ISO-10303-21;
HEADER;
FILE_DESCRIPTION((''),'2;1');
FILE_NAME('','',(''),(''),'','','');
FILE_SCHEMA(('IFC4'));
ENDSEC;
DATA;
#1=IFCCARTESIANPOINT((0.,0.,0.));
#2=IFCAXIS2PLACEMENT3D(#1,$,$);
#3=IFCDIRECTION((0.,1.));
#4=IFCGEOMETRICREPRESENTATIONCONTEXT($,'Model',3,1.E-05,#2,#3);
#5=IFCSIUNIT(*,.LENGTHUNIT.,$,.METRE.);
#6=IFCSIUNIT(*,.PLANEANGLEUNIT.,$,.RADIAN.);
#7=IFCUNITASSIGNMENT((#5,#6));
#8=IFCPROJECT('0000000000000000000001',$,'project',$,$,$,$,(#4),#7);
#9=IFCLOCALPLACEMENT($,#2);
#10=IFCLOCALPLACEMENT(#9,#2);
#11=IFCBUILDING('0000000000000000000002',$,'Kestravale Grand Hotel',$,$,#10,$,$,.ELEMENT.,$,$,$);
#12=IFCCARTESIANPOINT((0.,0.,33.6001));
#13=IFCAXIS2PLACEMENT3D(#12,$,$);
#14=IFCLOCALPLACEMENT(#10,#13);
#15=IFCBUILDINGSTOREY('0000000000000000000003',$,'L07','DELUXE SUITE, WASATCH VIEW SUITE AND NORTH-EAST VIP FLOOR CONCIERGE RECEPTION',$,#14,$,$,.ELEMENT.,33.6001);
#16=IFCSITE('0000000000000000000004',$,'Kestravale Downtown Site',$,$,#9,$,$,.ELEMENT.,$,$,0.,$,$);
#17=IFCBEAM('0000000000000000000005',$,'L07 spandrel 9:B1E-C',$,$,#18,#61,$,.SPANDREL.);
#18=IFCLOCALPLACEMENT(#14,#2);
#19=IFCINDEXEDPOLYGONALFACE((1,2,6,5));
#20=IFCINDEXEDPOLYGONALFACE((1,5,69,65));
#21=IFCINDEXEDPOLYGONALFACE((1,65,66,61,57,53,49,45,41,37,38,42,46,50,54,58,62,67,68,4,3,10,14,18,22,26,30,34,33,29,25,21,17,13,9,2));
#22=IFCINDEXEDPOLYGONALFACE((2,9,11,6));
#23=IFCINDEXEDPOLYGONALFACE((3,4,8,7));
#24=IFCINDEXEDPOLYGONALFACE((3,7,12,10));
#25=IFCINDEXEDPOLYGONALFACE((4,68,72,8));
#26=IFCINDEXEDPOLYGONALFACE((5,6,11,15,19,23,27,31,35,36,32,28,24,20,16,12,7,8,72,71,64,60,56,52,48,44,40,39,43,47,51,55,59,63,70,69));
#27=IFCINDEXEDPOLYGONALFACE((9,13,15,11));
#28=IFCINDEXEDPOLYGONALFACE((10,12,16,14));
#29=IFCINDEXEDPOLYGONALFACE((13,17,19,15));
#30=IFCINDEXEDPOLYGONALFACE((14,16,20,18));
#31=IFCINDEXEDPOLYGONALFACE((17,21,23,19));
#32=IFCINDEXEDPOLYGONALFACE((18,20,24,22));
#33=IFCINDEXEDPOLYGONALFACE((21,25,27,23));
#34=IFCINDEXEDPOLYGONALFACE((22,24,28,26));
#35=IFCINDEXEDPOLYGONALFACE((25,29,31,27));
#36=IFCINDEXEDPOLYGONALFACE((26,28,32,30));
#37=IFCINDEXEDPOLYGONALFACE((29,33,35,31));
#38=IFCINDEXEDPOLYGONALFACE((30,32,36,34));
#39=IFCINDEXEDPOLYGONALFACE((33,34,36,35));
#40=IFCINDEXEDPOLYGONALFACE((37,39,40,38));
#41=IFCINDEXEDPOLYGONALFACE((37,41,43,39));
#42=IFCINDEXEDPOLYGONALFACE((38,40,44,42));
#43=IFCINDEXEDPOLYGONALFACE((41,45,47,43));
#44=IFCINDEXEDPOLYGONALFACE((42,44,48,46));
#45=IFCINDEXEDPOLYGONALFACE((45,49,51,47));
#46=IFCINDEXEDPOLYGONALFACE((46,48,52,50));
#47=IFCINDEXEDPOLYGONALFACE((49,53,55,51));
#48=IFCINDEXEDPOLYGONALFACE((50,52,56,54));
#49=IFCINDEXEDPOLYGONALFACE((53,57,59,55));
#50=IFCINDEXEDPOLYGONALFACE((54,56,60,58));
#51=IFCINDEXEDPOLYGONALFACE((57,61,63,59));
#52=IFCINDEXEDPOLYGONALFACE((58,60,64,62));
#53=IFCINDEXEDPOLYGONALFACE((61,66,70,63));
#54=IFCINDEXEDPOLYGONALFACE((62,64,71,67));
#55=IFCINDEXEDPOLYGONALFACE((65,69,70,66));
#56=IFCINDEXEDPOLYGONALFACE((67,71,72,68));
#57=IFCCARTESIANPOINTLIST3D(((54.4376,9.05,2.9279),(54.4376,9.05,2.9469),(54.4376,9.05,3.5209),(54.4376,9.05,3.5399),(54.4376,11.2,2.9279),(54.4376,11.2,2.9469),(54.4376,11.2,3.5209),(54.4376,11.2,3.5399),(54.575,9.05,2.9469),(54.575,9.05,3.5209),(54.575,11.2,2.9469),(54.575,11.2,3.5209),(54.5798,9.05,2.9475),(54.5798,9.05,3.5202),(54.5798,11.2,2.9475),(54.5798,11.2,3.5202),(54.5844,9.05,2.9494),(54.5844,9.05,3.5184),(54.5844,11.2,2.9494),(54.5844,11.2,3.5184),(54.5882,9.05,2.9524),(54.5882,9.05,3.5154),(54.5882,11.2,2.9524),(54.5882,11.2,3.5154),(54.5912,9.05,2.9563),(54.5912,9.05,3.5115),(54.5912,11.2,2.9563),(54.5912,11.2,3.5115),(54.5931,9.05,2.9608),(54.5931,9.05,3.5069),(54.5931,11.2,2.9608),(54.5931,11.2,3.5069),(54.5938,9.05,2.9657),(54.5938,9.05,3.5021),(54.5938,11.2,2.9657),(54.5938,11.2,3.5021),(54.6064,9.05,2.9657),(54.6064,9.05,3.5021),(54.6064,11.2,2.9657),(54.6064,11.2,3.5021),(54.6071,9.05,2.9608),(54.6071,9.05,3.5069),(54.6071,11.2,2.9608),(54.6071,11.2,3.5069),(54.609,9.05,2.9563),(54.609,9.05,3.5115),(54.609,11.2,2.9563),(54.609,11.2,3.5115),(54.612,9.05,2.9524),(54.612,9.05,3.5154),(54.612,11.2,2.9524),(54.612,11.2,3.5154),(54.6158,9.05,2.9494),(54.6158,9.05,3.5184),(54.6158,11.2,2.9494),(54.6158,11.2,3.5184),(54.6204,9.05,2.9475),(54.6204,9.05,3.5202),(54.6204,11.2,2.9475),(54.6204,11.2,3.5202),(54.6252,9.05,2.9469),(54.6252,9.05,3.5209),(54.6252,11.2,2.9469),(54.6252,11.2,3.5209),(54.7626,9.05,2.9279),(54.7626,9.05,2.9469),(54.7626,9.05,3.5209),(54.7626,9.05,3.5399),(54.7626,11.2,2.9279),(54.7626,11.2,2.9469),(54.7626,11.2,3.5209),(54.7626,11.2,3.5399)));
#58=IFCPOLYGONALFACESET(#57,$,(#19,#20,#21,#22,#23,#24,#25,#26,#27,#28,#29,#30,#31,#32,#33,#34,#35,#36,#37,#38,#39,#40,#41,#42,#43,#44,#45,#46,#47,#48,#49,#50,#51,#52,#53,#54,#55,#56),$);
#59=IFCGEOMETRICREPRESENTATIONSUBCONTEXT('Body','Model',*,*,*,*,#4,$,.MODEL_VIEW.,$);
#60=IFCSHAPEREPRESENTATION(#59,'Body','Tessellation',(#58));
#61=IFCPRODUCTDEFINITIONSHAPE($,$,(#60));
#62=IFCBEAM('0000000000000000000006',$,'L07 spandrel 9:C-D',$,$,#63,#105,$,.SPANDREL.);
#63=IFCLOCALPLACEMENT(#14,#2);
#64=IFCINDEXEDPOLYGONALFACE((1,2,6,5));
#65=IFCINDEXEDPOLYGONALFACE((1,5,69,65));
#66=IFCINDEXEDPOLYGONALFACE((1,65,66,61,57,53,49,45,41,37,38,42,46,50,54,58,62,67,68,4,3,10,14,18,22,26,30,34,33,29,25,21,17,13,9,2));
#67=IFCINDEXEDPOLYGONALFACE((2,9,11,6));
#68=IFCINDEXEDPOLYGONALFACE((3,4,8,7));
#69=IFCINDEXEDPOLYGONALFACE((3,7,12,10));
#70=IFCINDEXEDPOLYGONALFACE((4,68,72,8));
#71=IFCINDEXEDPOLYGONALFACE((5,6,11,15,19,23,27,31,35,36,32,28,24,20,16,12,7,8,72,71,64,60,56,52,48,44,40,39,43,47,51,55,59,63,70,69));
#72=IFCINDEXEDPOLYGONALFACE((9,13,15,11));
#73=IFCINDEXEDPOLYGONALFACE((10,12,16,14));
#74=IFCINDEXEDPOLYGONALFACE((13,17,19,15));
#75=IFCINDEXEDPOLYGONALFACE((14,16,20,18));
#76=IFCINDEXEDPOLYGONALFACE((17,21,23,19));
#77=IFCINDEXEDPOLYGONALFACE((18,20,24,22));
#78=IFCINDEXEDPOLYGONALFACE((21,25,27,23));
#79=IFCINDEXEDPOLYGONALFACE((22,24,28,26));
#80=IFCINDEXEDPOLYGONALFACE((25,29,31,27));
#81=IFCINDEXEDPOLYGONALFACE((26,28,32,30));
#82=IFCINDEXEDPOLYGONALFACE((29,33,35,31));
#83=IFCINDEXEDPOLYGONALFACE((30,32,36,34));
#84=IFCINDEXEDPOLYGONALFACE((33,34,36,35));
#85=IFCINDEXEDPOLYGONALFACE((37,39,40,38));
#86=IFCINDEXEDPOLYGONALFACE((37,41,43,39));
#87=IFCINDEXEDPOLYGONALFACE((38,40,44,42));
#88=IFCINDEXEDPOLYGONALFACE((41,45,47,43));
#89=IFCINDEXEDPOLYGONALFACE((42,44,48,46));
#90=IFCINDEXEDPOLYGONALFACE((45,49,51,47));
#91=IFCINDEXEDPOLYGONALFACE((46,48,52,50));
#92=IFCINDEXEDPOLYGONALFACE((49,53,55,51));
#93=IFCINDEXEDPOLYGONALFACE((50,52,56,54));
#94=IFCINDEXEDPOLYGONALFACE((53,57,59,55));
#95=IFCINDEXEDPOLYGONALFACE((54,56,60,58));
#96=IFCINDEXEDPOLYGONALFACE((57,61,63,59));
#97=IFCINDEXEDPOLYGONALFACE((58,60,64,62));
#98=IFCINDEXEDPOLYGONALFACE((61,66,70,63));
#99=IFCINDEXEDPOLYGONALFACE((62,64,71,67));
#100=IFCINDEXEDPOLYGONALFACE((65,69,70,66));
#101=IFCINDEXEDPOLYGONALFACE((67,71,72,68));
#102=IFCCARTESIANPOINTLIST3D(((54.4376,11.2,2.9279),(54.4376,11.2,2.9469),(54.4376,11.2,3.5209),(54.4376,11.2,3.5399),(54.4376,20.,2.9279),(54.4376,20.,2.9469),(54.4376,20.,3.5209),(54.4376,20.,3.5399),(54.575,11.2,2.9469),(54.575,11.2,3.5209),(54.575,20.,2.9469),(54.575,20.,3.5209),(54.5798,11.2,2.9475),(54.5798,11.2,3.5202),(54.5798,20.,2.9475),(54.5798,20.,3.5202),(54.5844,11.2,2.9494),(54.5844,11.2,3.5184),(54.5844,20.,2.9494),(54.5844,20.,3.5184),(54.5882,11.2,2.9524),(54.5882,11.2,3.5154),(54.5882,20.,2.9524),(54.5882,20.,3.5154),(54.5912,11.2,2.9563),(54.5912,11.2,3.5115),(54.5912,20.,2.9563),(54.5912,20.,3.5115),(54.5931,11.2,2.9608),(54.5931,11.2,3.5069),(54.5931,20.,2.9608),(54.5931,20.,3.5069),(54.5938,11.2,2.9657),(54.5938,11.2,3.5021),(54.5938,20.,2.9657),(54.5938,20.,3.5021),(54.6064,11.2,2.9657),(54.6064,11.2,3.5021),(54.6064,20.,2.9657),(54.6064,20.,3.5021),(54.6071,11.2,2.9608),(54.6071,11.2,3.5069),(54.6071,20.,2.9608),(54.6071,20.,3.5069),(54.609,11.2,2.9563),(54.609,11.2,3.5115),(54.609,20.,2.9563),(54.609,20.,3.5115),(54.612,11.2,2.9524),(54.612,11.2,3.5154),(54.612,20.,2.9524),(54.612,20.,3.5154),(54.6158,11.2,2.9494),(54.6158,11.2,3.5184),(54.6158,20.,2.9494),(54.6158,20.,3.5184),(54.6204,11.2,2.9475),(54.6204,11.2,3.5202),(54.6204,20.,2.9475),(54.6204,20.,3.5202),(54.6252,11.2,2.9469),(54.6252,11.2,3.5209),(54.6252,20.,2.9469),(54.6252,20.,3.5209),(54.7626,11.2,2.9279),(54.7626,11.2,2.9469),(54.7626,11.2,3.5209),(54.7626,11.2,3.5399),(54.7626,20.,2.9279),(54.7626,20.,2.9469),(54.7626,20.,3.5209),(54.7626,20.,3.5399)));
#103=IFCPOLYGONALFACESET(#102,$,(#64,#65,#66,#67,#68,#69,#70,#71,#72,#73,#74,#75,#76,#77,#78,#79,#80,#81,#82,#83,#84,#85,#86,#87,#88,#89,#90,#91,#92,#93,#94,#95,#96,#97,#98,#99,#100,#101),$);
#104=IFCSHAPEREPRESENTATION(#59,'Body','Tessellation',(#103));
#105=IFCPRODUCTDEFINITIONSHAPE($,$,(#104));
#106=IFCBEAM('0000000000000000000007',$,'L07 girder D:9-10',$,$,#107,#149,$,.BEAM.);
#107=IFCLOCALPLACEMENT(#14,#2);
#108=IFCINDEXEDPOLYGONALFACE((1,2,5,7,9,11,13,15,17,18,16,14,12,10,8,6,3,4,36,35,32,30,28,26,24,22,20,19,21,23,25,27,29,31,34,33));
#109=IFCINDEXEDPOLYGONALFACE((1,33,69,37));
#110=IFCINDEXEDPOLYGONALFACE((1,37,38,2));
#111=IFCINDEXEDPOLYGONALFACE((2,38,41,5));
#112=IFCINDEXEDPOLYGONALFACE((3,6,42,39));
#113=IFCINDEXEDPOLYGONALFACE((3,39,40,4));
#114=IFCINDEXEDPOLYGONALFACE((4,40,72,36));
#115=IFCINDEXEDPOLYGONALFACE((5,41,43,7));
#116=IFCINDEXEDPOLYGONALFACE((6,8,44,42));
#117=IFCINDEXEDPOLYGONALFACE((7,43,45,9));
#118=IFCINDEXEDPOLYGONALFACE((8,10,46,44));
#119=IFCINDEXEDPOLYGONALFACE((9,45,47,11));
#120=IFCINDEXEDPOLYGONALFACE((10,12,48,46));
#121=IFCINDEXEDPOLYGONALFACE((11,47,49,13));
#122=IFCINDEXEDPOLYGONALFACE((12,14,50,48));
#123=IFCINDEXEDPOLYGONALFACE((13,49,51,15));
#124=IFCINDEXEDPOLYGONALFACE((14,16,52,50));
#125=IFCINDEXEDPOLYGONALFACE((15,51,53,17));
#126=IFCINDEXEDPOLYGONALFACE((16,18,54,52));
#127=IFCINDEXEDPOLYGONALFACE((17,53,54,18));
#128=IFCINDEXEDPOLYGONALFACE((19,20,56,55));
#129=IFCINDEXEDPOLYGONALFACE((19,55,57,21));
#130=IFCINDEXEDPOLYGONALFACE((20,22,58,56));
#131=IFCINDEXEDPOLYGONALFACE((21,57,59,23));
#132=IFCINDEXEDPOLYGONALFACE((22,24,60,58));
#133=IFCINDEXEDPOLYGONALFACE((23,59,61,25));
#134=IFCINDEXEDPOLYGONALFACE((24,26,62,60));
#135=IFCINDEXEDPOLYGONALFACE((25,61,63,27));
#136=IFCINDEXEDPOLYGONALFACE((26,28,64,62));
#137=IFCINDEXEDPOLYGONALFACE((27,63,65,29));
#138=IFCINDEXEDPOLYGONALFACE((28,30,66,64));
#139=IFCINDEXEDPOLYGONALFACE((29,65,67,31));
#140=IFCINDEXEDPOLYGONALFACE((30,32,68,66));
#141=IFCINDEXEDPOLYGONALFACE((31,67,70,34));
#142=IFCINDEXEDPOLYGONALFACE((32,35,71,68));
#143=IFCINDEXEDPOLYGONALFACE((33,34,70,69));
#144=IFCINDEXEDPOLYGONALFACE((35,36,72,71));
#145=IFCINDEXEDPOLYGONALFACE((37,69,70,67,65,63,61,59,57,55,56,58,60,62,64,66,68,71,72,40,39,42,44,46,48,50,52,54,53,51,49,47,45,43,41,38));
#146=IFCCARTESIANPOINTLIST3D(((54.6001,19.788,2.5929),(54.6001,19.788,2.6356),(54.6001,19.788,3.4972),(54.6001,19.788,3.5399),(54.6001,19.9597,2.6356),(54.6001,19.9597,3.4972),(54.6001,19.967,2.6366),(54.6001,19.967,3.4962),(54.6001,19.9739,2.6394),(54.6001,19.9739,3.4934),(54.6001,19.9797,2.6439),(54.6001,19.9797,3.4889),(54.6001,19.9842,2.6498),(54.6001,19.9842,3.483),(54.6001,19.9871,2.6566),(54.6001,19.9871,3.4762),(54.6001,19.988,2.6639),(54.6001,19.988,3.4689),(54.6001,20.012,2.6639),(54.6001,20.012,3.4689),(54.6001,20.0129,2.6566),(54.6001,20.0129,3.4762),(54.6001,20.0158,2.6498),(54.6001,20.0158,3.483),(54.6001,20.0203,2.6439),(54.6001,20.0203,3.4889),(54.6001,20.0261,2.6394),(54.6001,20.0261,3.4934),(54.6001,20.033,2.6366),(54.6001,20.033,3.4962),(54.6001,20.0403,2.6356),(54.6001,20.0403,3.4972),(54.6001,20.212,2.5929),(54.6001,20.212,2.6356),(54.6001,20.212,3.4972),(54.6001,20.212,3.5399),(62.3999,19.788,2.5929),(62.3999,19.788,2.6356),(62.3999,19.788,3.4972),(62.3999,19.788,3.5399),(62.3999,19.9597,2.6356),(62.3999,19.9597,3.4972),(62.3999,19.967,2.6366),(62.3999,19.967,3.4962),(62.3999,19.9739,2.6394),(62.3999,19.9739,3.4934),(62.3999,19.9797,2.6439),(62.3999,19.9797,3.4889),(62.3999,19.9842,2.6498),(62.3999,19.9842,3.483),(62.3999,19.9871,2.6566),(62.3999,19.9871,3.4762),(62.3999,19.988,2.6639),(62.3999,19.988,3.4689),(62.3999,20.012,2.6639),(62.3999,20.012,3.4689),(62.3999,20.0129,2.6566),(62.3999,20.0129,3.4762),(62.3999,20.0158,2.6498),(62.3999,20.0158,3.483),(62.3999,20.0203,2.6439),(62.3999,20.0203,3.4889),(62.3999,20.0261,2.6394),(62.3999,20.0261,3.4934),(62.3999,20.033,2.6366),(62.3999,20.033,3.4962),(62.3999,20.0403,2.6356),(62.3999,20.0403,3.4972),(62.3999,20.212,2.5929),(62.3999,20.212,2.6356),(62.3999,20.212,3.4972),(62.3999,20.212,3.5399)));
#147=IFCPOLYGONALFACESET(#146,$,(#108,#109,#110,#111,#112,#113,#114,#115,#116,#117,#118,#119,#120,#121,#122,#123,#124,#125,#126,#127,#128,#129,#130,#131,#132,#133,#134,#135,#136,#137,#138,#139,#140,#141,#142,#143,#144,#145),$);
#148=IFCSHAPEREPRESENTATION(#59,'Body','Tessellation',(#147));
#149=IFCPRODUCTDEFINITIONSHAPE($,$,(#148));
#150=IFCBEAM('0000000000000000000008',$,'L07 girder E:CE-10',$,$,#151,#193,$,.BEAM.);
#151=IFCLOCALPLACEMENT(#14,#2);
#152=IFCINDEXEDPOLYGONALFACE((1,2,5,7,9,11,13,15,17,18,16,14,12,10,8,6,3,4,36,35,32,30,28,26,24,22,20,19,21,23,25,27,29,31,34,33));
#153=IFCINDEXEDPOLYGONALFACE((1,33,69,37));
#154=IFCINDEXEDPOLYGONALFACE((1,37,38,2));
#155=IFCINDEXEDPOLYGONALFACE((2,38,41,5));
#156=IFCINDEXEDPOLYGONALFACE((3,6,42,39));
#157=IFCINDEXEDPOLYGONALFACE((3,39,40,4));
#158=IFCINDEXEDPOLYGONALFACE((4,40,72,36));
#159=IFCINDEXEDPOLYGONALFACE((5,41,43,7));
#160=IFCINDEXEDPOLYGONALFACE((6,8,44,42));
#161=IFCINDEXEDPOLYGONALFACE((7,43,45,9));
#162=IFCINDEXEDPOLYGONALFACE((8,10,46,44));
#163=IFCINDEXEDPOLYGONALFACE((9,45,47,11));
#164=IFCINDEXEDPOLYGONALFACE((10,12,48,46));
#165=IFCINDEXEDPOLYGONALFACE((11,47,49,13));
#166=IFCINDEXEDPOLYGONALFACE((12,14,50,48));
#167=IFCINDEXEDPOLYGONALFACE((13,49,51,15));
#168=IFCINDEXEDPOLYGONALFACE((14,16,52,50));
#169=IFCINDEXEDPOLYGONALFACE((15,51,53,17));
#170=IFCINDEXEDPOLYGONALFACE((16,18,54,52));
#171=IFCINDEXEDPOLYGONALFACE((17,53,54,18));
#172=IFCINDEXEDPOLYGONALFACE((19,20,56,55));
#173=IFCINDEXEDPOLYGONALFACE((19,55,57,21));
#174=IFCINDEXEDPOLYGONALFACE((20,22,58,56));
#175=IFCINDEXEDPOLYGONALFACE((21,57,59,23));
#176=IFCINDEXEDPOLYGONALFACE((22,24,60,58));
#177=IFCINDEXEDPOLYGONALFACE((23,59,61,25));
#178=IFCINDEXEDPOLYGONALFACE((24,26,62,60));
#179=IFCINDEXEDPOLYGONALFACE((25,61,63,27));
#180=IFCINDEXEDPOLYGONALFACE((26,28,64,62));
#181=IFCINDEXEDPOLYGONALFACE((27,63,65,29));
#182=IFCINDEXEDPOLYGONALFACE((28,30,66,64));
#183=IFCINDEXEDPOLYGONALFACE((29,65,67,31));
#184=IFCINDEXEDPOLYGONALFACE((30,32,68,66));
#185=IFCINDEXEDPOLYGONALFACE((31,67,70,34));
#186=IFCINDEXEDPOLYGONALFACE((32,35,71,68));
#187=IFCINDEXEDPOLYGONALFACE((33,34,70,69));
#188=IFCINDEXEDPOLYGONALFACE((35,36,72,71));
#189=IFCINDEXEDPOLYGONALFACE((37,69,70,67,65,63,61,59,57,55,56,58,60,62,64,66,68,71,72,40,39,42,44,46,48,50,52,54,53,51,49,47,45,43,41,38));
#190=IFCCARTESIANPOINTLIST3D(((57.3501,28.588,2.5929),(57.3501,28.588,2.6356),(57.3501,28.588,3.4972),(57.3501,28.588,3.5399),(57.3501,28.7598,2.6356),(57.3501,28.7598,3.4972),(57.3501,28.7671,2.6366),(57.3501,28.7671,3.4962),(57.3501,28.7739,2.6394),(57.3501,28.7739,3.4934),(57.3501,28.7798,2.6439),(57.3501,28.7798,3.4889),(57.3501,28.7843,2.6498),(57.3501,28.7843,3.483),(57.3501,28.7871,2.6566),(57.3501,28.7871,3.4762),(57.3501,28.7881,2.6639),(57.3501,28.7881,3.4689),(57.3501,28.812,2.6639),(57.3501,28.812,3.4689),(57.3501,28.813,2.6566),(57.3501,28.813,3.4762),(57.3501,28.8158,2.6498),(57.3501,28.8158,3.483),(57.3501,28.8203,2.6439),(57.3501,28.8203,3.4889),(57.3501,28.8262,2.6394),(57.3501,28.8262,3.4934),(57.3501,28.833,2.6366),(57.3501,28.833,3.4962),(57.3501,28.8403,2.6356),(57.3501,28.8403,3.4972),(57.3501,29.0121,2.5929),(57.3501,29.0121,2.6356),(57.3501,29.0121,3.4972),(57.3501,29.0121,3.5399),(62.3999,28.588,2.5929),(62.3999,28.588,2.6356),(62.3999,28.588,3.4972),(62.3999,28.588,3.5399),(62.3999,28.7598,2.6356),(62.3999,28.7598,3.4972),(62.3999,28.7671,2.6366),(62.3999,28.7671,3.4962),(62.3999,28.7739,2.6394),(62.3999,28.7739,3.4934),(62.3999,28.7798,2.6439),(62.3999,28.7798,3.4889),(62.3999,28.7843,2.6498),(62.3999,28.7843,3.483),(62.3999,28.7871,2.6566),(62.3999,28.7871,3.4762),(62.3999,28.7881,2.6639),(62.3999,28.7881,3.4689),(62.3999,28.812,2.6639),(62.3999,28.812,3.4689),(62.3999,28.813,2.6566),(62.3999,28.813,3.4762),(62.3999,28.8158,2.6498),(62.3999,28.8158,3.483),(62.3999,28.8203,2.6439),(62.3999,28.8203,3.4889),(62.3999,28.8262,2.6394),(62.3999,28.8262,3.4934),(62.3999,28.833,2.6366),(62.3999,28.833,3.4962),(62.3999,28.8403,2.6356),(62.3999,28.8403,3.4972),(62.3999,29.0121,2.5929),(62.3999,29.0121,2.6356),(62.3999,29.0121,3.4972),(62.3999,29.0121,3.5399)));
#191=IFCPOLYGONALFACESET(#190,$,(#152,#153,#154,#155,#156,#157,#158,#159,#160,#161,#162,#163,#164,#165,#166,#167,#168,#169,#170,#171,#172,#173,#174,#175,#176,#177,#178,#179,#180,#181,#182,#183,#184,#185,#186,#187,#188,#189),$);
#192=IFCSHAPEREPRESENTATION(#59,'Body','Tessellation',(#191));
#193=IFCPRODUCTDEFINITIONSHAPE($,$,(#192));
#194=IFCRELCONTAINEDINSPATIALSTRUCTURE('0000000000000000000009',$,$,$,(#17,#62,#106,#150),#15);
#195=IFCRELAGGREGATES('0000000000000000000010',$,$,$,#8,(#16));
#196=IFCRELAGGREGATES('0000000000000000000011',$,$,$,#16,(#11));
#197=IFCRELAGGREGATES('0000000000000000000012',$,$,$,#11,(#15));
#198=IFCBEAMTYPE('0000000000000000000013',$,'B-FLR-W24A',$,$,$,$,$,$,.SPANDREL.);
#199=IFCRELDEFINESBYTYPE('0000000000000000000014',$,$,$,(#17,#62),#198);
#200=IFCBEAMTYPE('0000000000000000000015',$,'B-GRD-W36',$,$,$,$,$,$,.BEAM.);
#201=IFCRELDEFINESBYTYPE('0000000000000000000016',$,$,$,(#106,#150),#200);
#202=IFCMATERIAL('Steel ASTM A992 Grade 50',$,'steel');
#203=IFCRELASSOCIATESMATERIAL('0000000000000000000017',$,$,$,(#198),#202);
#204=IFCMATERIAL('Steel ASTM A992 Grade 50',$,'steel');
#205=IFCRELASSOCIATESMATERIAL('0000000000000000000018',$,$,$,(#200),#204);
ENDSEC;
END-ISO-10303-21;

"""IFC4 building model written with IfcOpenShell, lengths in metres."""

from ifc_helpers import new_model, si_unit, direction, frame, origin, origin_2d, place, context, subcontext, project, spatial, i_section, extrude, material, material_profile, profile_set, type_object, element, save


model = new_model("IFC4")

# Units and contexts
model_context = context("Model", 3, precision=1e-05, world=origin(), true_north=direction((0.0, 1.0)))
body_context = subcontext(model_context, "Body", "Model", "MODEL_VIEW")
ifc_project = project(units=[si_unit("LENGTHUNIT", "METRE"), si_unit("PLANEANGLEUNIT", "RADIAN")], contexts=[model_context])

# Site, building, storey
site_placement = place(None, origin())
site = spatial("IfcSite", under=ifc_project, at=site_placement, Name="Kestravale Downtown Site", CompositionType="ELEMENT", RefElevation=0.0)
building_placement = place(site_placement, origin())
building = spatial("IfcBuilding", under=site, at=building_placement, Name="Kestravale Grand Hotel", CompositionType="ELEMENT")
storey_placement = place(building_placement, frame((0.0, 0.0, 33.6001)))
storey = spatial("IfcBuildingStorey", under=building, at=storey_placement, Name="L07", Description="DELUXE SUITE, WASATCH VIEW SUITE AND NORTH-EAST VIP FLOOR CONCIERGE RECEPTION", CompositionType="ELEMENT", Elevation=33.6001)

# Beams
ifc_material_1 = material(Name="Steel ASTM A992 Grade 50", Category="steel")
ifc_material_profile_1 = material_profile(ifc_material_1, i_section(OverallWidth=0.325, OverallDepth=0.6121, WebThickness=0.0127, FlangeThickness=0.019, FilletRadius=0.0188, at=origin_2d()))
ifc_profile_set_1 = profile_set([ifc_material_profile_1], Name="Steel ASTM A992 Grade 50")
beam_type_1 = type_object("IfcBeamType", Name="B-FLR-W24A", PredefinedType="SPANDREL", material=ifc_profile_set_1)
beam_1_placement = place(storey_placement, frame((54.6001, 9.05, 3.2339), z_axis=(0.0, 1.0, 0.0), x_axis=(-1.0, 0.0, 0.0)))
element("IfcBeam", 1, at=beam_1_placement, inside=storey, type_object=beam_type_1, Name="L07 spandrel 9:B1E-C", PredefinedType="SPANDREL", context=body_context, shape_type="SweptSolid", body=[
    extrude(i_section(OverallWidth=0.325, OverallDepth=0.6121, WebThickness=0.0127, FlangeThickness=0.019, FilletRadius=0.0188, at=origin_2d()), origin(), (0.0, 0.0, 1.0), 2.1499),
])
beam_2_placement = place(storey_placement, frame((54.6001, 11.2, 3.2339), z_axis=(0.0, 1.0, 0.0), x_axis=(-1.0, 0.0, 0.0)))
element("IfcBeam", 2, at=beam_2_placement, inside=storey, type_object=beam_type_1, Name="L07 spandrel 9:C-D", PredefinedType="SPANDREL", context=body_context, shape_type="SweptSolid", body=[
    extrude(i_section(OverallWidth=0.325, OverallDepth=0.6121, WebThickness=0.0127, FlangeThickness=0.019, FilletRadius=0.0188, at=origin_2d()), origin(), (0.0, 0.0, 1.0), 8.8),
])
ifc_material_2 = material(Name="Steel ASTM A992 Grade 50", Category="steel")
ifc_material_profile_2 = material_profile(ifc_material_2, i_section(OverallWidth=0.4241, OverallDepth=0.947, WebThickness=0.0239, FlangeThickness=0.0427, FilletRadius=0.0283, at=origin_2d()))
ifc_profile_set_2 = profile_set([ifc_material_profile_2], Name="Steel ASTM A992 Grade 50")
beam_type_2 = type_object("IfcBeamType", Name="B-GRD-W36", PredefinedType="BEAM", material=ifc_profile_set_2)
beam_3_placement = place(storey_placement, frame((54.6001, 20.0, 3.0664), z_axis=(1.0, 0.0, 0.0), x_axis=(0.0, 1.0, 0.0)))
element("IfcBeam", 3, at=beam_3_placement, inside=storey, type_object=beam_type_2, Name="L07 girder D:9-10", PredefinedType="BEAM", context=body_context, shape_type="SweptSolid", body=[
    extrude(i_section(OverallWidth=0.4241, OverallDepth=0.947, WebThickness=0.0239, FlangeThickness=0.0427, FilletRadius=0.0283, at=origin_2d()), origin(), (0.0, 0.0, 1.0), 7.7998),
])
beam_4_placement = place(storey_placement, frame((57.3501, 28.8, 3.0664), z_axis=(1.0, 0.0, 0.0), x_axis=(0.0, 1.0, 0.0)))
element("IfcBeam", 4, at=beam_4_placement, inside=storey, type_object=beam_type_2, Name="L07 girder E:CE-10", PredefinedType="BEAM", context=body_context, shape_type="SweptSolid", body=[
    extrude(i_section(OverallWidth=0.4241, OverallDepth=0.947, WebThickness=0.0239, FlangeThickness=0.0427, FilletRadius=0.0283, at=origin_2d()), origin(), (0.0, 0.0, 1.0), 5.0498),
])

save(model, "model.ifc")
